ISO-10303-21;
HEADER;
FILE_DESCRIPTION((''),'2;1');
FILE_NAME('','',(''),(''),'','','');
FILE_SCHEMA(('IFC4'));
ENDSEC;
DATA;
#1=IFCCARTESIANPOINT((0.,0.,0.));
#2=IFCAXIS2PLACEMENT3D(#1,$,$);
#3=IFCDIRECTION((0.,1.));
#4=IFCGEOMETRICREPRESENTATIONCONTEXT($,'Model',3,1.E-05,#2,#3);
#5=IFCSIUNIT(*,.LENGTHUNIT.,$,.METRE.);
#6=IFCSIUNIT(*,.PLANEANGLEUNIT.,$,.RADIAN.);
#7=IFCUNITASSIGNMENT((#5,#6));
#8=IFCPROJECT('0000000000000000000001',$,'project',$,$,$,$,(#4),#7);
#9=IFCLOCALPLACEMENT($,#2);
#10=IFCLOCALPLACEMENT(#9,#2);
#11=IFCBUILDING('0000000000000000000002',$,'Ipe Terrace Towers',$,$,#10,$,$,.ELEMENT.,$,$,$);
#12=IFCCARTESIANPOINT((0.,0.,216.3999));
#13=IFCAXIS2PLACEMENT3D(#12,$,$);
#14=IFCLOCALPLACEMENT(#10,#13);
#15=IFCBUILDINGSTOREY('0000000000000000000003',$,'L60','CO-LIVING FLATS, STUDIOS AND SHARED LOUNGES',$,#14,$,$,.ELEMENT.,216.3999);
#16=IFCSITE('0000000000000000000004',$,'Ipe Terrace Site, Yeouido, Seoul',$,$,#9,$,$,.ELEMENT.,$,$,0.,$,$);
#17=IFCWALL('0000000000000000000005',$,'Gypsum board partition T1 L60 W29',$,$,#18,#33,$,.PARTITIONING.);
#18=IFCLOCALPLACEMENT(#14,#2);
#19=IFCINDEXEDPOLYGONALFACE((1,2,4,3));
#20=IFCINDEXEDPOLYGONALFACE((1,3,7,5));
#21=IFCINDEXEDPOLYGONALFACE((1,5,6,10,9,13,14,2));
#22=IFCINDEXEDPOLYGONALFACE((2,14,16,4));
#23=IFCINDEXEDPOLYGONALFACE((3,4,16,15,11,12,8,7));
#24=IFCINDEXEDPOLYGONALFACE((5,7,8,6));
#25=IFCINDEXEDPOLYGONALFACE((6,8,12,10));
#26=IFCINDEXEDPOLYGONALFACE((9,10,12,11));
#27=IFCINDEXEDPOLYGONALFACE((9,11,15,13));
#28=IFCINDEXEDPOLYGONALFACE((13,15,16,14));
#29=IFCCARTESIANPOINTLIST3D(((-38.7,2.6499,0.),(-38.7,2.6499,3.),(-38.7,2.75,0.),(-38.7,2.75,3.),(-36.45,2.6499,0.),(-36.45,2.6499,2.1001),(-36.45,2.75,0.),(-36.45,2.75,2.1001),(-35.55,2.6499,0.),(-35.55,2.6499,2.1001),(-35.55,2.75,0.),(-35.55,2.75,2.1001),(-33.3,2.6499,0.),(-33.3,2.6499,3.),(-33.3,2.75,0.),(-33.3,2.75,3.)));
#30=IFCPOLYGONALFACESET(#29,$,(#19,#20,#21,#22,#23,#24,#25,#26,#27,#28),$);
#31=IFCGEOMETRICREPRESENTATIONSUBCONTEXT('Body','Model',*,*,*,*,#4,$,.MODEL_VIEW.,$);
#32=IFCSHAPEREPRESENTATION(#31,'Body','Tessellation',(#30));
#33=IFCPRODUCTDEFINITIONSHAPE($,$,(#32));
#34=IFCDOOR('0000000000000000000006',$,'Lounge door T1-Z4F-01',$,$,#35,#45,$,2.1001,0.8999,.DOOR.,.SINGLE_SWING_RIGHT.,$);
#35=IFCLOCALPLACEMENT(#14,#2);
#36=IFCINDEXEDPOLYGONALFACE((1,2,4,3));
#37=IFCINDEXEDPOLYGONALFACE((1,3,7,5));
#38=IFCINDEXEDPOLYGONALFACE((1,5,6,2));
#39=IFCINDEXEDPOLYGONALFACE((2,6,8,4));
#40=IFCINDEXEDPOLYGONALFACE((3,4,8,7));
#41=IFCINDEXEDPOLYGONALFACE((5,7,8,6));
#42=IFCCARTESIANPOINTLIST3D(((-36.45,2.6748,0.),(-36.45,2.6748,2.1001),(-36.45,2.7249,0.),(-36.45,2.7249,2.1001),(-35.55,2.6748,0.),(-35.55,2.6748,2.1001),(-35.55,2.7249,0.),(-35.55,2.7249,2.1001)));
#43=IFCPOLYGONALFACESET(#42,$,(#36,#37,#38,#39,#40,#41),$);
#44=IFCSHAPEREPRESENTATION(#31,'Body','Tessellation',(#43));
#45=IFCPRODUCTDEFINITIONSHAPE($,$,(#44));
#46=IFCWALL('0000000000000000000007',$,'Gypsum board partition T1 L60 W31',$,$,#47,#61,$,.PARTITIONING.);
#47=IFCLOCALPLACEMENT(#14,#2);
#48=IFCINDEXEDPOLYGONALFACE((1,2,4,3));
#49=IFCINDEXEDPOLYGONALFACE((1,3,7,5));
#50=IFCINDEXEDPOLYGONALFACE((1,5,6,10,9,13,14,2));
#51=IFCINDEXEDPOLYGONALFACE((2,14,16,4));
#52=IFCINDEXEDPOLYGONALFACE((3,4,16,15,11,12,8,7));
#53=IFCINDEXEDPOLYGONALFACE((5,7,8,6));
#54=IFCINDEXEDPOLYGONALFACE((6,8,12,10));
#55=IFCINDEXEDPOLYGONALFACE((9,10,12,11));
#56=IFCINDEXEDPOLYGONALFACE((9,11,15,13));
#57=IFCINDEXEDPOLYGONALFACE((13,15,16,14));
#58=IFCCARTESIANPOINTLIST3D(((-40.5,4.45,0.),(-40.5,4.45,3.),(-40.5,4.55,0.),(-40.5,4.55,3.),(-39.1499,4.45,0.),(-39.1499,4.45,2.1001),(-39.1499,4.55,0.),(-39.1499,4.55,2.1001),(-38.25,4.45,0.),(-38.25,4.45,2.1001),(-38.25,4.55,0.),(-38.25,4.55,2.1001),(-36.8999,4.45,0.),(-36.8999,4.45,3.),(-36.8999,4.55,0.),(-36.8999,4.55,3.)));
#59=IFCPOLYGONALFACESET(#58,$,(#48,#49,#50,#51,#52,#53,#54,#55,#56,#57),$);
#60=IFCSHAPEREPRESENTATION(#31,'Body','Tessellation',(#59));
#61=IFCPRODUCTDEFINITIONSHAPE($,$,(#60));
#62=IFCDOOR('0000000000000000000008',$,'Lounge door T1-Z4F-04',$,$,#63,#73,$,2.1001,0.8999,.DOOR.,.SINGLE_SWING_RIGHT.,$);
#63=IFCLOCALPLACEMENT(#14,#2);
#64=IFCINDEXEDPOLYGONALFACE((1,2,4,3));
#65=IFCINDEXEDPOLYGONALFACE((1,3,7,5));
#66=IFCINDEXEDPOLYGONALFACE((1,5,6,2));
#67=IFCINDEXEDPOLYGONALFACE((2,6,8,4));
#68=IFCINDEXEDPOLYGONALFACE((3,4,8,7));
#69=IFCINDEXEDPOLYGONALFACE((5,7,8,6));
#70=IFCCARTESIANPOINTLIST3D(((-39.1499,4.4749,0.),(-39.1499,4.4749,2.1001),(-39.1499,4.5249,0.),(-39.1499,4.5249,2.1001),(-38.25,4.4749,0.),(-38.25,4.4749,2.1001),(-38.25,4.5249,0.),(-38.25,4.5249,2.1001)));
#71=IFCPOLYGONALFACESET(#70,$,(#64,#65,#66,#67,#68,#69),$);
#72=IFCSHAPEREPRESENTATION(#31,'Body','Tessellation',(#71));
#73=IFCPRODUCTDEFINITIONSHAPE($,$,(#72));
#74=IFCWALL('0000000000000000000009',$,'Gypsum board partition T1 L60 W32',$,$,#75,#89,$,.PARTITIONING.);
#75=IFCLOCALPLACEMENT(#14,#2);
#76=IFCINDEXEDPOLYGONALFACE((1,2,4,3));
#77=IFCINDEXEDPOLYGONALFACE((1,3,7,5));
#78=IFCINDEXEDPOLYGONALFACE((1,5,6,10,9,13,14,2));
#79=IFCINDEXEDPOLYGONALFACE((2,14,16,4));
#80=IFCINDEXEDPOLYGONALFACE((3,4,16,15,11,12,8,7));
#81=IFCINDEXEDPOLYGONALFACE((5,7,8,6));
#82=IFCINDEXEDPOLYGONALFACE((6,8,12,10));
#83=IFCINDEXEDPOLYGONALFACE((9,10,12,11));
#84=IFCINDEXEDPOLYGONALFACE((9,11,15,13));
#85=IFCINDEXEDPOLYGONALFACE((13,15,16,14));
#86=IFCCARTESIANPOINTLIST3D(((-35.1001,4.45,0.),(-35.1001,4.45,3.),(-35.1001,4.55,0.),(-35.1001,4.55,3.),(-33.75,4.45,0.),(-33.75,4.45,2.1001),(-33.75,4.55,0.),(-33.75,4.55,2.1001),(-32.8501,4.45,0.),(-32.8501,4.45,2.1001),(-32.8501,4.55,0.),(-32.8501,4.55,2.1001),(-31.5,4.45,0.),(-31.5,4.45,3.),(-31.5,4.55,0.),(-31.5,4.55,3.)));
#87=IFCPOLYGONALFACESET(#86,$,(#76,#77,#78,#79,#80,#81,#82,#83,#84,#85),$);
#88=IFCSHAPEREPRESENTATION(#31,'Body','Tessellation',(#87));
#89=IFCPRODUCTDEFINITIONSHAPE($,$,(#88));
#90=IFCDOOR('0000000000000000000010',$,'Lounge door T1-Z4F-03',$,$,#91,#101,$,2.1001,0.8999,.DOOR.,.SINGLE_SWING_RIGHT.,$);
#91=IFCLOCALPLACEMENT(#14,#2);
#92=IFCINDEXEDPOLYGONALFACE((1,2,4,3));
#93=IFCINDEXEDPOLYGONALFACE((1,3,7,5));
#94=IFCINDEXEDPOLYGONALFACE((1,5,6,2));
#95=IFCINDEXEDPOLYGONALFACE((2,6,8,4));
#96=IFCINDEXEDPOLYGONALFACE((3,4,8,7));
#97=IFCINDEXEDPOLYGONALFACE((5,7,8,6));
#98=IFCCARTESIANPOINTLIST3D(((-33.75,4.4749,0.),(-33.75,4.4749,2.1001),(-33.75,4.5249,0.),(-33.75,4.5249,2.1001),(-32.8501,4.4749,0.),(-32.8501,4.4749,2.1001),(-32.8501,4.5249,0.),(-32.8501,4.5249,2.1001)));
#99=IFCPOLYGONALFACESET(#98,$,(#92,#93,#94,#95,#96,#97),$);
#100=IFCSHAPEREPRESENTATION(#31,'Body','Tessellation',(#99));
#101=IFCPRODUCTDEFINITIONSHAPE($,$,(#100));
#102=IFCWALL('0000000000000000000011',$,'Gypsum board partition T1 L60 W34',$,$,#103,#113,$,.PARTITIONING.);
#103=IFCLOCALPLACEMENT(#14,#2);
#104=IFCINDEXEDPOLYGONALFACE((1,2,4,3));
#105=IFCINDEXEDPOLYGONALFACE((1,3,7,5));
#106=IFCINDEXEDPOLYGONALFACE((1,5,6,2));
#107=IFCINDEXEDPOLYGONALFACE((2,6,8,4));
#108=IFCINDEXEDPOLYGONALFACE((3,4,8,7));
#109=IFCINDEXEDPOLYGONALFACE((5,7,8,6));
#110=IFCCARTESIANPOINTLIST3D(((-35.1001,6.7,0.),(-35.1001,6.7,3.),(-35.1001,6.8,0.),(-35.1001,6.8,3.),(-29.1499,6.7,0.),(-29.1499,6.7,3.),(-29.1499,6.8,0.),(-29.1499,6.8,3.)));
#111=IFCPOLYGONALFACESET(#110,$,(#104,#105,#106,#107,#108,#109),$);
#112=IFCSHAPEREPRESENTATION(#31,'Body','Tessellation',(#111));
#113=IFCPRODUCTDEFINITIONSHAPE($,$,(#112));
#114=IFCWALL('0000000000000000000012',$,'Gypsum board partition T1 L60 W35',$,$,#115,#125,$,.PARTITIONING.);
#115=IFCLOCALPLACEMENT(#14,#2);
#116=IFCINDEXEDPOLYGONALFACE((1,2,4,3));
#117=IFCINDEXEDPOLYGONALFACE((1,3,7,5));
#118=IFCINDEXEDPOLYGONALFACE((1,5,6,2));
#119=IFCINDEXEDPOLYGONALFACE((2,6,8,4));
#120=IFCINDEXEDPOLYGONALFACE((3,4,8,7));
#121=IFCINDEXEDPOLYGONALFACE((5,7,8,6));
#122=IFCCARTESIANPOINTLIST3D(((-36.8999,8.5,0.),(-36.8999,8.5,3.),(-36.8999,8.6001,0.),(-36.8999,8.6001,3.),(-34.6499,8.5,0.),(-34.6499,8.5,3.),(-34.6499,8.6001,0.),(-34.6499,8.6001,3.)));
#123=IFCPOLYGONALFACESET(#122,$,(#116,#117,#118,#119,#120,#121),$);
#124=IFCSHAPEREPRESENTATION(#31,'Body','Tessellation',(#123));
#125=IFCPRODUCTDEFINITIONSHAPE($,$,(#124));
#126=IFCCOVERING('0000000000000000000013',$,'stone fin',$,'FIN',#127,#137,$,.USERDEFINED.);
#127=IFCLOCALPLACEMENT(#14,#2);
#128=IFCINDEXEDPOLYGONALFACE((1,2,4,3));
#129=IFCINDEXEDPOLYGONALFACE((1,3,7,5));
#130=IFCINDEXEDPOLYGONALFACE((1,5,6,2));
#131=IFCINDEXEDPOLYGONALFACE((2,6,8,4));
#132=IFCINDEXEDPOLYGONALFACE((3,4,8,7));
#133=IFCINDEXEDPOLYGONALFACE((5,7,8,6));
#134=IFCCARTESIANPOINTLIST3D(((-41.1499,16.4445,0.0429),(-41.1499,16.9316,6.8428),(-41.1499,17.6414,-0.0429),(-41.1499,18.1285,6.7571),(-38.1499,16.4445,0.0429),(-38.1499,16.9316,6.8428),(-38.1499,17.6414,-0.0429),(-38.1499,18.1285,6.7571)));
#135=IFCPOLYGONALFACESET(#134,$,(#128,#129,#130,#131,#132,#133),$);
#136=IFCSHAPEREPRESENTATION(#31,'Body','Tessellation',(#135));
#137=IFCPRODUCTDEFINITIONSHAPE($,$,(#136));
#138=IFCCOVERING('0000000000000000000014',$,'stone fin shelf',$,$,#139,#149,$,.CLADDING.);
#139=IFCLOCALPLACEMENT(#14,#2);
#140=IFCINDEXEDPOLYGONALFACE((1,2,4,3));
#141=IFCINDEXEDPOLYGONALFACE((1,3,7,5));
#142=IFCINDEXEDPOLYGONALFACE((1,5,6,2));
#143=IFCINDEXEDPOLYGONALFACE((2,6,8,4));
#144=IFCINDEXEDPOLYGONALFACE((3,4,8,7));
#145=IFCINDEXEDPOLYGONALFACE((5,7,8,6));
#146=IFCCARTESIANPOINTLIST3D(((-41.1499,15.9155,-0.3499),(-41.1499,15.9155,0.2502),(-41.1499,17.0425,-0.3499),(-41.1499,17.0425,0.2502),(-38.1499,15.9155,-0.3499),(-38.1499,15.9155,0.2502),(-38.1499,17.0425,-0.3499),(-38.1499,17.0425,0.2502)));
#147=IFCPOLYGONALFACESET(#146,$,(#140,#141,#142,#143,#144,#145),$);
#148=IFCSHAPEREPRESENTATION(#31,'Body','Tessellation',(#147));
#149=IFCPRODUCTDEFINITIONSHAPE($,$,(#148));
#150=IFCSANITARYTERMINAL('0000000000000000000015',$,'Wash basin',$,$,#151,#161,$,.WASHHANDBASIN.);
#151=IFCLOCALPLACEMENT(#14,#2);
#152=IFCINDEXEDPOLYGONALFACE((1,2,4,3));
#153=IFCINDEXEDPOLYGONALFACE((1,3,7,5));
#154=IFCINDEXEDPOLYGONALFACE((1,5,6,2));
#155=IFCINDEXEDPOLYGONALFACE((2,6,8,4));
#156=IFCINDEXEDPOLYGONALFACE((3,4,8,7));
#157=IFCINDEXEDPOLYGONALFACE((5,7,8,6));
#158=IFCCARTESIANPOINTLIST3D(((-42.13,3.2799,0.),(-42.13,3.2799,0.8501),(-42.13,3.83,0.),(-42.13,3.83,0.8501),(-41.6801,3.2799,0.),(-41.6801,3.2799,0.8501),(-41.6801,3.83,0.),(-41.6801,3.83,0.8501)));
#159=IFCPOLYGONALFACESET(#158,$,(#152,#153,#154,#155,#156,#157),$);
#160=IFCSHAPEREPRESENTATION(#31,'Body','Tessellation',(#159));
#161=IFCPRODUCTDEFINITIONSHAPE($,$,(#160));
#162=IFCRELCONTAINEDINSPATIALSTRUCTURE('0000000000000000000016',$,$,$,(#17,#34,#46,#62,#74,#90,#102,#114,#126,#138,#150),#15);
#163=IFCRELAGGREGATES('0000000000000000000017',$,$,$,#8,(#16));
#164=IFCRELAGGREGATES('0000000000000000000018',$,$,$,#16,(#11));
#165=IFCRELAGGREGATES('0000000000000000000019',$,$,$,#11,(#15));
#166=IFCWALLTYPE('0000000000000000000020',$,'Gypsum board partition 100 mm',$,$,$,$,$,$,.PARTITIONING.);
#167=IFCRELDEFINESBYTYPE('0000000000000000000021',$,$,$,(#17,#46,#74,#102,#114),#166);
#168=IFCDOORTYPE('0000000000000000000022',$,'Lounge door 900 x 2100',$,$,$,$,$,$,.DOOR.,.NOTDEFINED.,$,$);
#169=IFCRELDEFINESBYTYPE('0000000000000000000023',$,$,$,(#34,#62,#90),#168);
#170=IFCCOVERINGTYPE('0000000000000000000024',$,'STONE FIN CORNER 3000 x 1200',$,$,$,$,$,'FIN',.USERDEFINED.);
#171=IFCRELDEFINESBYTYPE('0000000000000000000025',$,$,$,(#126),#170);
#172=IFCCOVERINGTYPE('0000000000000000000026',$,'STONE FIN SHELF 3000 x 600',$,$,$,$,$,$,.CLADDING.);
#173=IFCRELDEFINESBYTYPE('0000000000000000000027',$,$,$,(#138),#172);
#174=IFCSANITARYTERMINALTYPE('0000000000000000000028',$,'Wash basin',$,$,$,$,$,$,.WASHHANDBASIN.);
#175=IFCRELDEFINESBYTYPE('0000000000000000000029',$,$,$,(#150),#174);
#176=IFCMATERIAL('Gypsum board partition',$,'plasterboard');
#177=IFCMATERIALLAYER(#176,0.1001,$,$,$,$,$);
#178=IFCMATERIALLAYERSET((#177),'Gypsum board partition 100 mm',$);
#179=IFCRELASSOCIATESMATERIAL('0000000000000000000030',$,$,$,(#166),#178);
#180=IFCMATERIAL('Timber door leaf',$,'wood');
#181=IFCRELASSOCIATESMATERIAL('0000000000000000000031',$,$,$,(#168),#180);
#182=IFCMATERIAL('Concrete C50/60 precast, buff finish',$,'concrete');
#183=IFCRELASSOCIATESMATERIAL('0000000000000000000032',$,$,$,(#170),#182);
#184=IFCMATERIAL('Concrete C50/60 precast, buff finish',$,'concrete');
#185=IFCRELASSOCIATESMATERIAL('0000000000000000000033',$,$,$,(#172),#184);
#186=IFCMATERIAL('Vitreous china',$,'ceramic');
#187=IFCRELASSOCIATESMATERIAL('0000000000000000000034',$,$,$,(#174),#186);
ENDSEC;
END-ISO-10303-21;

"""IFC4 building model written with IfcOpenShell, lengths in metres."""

from ifc_helpers import new_model, si_unit, direction, frame, frame_2d, origin, origin_2d, place, context, subcontext, project, spatial, rectangle, extrude, material, layer, layer_set, material_profile, profile_set, type_object, element, fill, save


model = new_model("IFC4")

# Units and contexts
model_context = context("Model", 3, precision=1e-05, world=origin(), true_north=direction((0.0, 1.0)))
body_context = subcontext(model_context, "Body", "Model", "MODEL_VIEW")
ifc_project = project(units=[si_unit("LENGTHUNIT", "METRE"), si_unit("PLANEANGLEUNIT", "RADIAN")], contexts=[model_context])

# Site, building, storey
site_placement = place(None, origin())
site = spatial("IfcSite", under=ifc_project, at=site_placement, Name="Ipe Terrace Site, Yeouido, Seoul", CompositionType="ELEMENT", RefElevation=0.0)
building_placement = place(site_placement, origin())
building = spatial("IfcBuilding", under=site, at=building_placement, Name="Ipe Terrace Towers", CompositionType="ELEMENT")
storey_placement = place(building_placement, frame((0.0, 0.0, 216.3999)))
storey = spatial("IfcBuildingStorey", under=building, at=storey_placement, Name="L60", Description="CO-LIVING FLATS, STUDIOS AND SHARED LOUNGES", CompositionType="ELEMENT", Elevation=216.3999)

# Shared definitions
ifc_material_1 = material(Name="Gypsum board partition", Category="plasterboard")
ifc_layer_1 = layer(ifc_material_1, 0.1001)
ifc_layer_set_1 = layer_set([ifc_layer_1], Name="Gypsum board partition 100 mm")
wall_type_1 = type_object("IfcWallType", Name="Gypsum board partition 100 mm", PredefinedType="PARTITIONING", material=ifc_layer_set_1)

# Walls, openings, doors
ifc_material_2 = material(Name="Timber door leaf", Category="wood")
door_type = type_object("IfcDoorType", Name="Lounge door 900 x 2100", OperationType="NOTDEFINED", PredefinedType="DOOR", material=ifc_material_2)
wall_1_placement = place(storey_placement, frame((-38.7, 2.7, 0.0), z_axis=(0.0, 0.0, 1.0), x_axis=(1.0, 0.0, 0.0)))
wall_1 = element("IfcWall", 1, at=wall_1_placement, inside=storey, type_object=wall_type_1, Name="Gypsum board partition T1 L60 W29", PredefinedType="PARTITIONING", context=body_context, shape_type="SweptSolid", body=[
    extrude(rectangle(XDim=5.3999, YDim=0.1001, at=frame_2d((2.7, 0.0))), origin(), (0.0, 0.0, 1.0), 3.0),
])
opening_1_placement = place(wall_1_placement, frame((2.25, 0.0, 0.0)))
opening_1 = element("IfcOpeningElement", 2, at=opening_1_placement, cuts=wall_1, PredefinedType="OPENING", context=body_context, shape_type="SweptSolid", body=[
    extrude(rectangle(XDim=0.8999, YDim=2.1001, at=frame_2d((0.45, 1.05))), frame((0.0, 0.0601, 0.0), z_axis=(0.0, -1.0, 0.0), x_axis=(1.0, 0.0, 0.0)), (0.0, 0.0, 1.0), 0.1201),
])
door_1_placement = place(opening_1_placement, origin())
door_1 = element("IfcDoor", 3, at=door_1_placement, inside=storey, type_object=door_type, Name="Lounge door T1-Z4F-01", OperationType="SINGLE_SWING_RIGHT", OverallHeight=2.1001, OverallWidth=0.8999, PredefinedType="DOOR", context=body_context, shape_type="SweptSolid", body=[
    extrude(rectangle(XDim=0.8999, YDim=2.1001, at=frame_2d((0.45, 1.05))), frame((0.0, 0.0249, 0.0), z_axis=(0.0, -1.0, 0.0), x_axis=(1.0, 0.0, 0.0)), (0.0, 0.0, 1.0), 0.05),
])
fill(opening_1, door_1)
wall_2_placement = place(storey_placement, frame((-40.5, 4.5, 0.0), z_axis=(0.0, 0.0, 1.0), x_axis=(1.0, 0.0, 0.0)))
wall_2 = element("IfcWall", 4, at=wall_2_placement, inside=storey, type_object=wall_type_1, Name="Gypsum board partition T1 L60 W31", PredefinedType="PARTITIONING", context=body_context, shape_type="SweptSolid", body=[
    extrude(rectangle(XDim=3.6001, YDim=0.1001, at=frame_2d((1.8, 0.0))), origin(), (0.0, 0.0, 1.0), 3.0),
])
opening_2_placement = place(wall_2_placement, frame((1.3501, 0.0, 0.0)))
opening_2 = element("IfcOpeningElement", 5, at=opening_2_placement, cuts=wall_2, PredefinedType="OPENING", context=body_context, shape_type="SweptSolid", body=[
    extrude(rectangle(XDim=0.8999, YDim=2.1001, at=frame_2d((0.45, 1.05))), frame((0.0, 0.0601, 0.0), z_axis=(0.0, -1.0, 0.0), x_axis=(1.0, 0.0, 0.0)), (0.0, 0.0, 1.0), 0.1201),
])
door_2_placement = place(opening_2_placement, origin())
door_2 = element("IfcDoor", 6, at=door_2_placement, inside=storey, type_object=door_type, Name="Lounge door T1-Z4F-04", OperationType="SINGLE_SWING_RIGHT", OverallHeight=2.1001, OverallWidth=0.8999, PredefinedType="DOOR", context=body_context, shape_type="SweptSolid", body=[
    extrude(rectangle(XDim=0.8999, YDim=2.1001, at=frame_2d((0.45, 1.05))), frame((0.0, 0.0249, 0.0), z_axis=(0.0, -1.0, 0.0), x_axis=(1.0, 0.0, 0.0)), (0.0, 0.0, 1.0), 0.05),
])
fill(opening_2, door_2)
wall_3_placement = place(storey_placement, frame((-35.1001, 4.5, 0.0), z_axis=(0.0, 0.0, 1.0), x_axis=(1.0, 0.0, 0.0)))
wall_3 = element("IfcWall", 7, at=wall_3_placement, inside=storey, type_object=wall_type_1, Name="Gypsum board partition T1 L60 W32", PredefinedType="PARTITIONING", context=body_context, shape_type="SweptSolid", body=[
    extrude(rectangle(XDim=3.6001, YDim=0.1001, at=frame_2d((1.8, 0.0))), origin(), (0.0, 0.0, 1.0), 3.0),
])
opening_3_placement = place(wall_3_placement, frame((1.3501, 0.0, 0.0)))
opening_3 = element("IfcOpeningElement", 8, at=opening_3_placement, cuts=wall_3, PredefinedType="OPENING", context=body_context, shape_type="SweptSolid", body=[
    extrude(rectangle(XDim=0.8999, YDim=2.1001, at=frame_2d((0.45, 1.05))), frame((0.0, 0.0601, 0.0), z_axis=(0.0, -1.0, 0.0), x_axis=(1.0, 0.0, 0.0)), (0.0, 0.0, 1.0), 0.1201),
])
door_3_placement = place(opening_3_placement, origin())
door_3 = element("IfcDoor", 9, at=door_3_placement, inside=storey, type_object=door_type, Name="Lounge door T1-Z4F-03", OperationType="SINGLE_SWING_RIGHT", OverallHeight=2.1001, OverallWidth=0.8999, PredefinedType="DOOR", context=body_context, shape_type="SweptSolid", body=[
    extrude(rectangle(XDim=0.8999, YDim=2.1001, at=frame_2d((0.45, 1.05))), frame((0.0, 0.0249, 0.0), z_axis=(0.0, -1.0, 0.0), x_axis=(1.0, 0.0, 0.0)), (0.0, 0.0, 1.0), 0.05),
])
fill(opening_3, door_3)

# Walls
wall_4_placement = place(storey_placement, frame((-35.1001, 6.75, 0.0), z_axis=(0.0, 0.0, 1.0), x_axis=(1.0, 0.0, 0.0)))
element("IfcWall", 10, at=wall_4_placement, inside=storey, type_object=wall_type_1, Name="Gypsum board partition T1 L60 W34", PredefinedType="PARTITIONING", context=body_context, shape_type="SweptSolid", body=[
    extrude(rectangle(XDim=5.9502, YDim=0.1001, at=frame_2d((2.9751, 0.0))), origin(), (0.0, 0.0, 1.0), 3.0),
])
wall_5_placement = place(storey_placement, frame((-36.8999, 8.55, 0.0), z_axis=(0.0, 0.0, 1.0), x_axis=(1.0, 0.0, 0.0)))
element("IfcWall", 11, at=wall_5_placement, inside=storey, type_object=wall_type_1, Name="Gypsum board partition T1 L60 W35", PredefinedType="PARTITIONING", context=body_context, shape_type="SweptSolid", body=[
    extrude(rectangle(XDim=2.25, YDim=0.1001, at=frame_2d((1.125, 0.0))), origin(), (0.0, 0.0, 1.0), 3.0),
])

# Coverings
ifc_material_3 = material(Name="Concrete C50/60 precast, buff finish", Category="concrete")
ifc_material_profile_1 = material_profile(ifc_material_3, rectangle(XDim=3.0, YDim=1.2, at=origin_2d()), Name="STONE FIN CORNER 3000 x 1200")
ifc_profile_set_1 = profile_set([ifc_material_profile_1], Name="Concrete C50/60 precast, buff finish")
covering_type_1 = type_object("IfcCoveringType", Name="STONE FIN CORNER 3000 x 1200", ElementType="FIN", PredefinedType="USERDEFINED", material=ifc_profile_set_1)
covering_1_placement = place(storey_placement, frame((-39.6499, 17.043, 0.0), z_axis=(0.0, 0.071443, 0.997445), x_axis=(-1.0, 0.0, 0.0)))
element("IfcCovering", 12, at=covering_1_placement, inside=storey, type_object=covering_type_1, Name="stone fin", ObjectType="FIN", PredefinedType="USERDEFINED", context=body_context, shape_type="SweptSolid", body=[
    extrude(rectangle(XDim=3.0, YDim=1.2, at=origin_2d()), origin(), (0.0, 0.0, 1.0), 6.8174),
])
ifc_material_4 = material(Name="Concrete C50/60 precast, buff finish", Category="concrete")
covering_type_2 = type_object("IfcCoveringType", Name="STONE FIN SHELF 3000 x 600", PredefinedType="CLADDING", material=ifc_material_4)
covering_2_placement = place(storey_placement, frame((-39.6499, 16.479, -0.3499), z_axis=(0.0, 0.0, 1.0), x_axis=(-1.0, 0.0, 0.0)))
element("IfcCovering", 13, at=covering_2_placement, inside=storey, type_object=covering_type_2, Name="stone fin shelf", PredefinedType="CLADDING", context=body_context, shape_type="SweptSolid", body=[
    extrude(rectangle(XDim=3.0, YDim=1.127, at=origin_2d()), origin(), (0.0, 0.0, 1.0), 0.6001),
])

# Sanitary terminal
ifc_material_5 = material(Name="Vitreous china", Category="ceramic")
sanitary_terminal_type = type_object("IfcSanitaryTerminalType", Name="Wash basin", PredefinedType="WASHHANDBASIN", material=ifc_material_5)
sanitary_terminal_placement = place(storey_placement, frame((-41.905, 3.5549, 0.0), z_axis=(0.0, 0.0, 1.0), x_axis=(0.0, -1.0, 0.0)))
element("IfcSanitaryTerminal", 14, at=sanitary_terminal_placement, inside=storey, type_object=sanitary_terminal_type, Name="Wash basin", PredefinedType="WASHHANDBASIN", context=body_context, shape_type="SweptSolid", body=[
    extrude(rectangle(XDim=0.55, YDim=0.45, at=origin_2d()), origin(), (0.0, 0.0, 1.0), 0.8501),
])

save(model, "model.ifc")
